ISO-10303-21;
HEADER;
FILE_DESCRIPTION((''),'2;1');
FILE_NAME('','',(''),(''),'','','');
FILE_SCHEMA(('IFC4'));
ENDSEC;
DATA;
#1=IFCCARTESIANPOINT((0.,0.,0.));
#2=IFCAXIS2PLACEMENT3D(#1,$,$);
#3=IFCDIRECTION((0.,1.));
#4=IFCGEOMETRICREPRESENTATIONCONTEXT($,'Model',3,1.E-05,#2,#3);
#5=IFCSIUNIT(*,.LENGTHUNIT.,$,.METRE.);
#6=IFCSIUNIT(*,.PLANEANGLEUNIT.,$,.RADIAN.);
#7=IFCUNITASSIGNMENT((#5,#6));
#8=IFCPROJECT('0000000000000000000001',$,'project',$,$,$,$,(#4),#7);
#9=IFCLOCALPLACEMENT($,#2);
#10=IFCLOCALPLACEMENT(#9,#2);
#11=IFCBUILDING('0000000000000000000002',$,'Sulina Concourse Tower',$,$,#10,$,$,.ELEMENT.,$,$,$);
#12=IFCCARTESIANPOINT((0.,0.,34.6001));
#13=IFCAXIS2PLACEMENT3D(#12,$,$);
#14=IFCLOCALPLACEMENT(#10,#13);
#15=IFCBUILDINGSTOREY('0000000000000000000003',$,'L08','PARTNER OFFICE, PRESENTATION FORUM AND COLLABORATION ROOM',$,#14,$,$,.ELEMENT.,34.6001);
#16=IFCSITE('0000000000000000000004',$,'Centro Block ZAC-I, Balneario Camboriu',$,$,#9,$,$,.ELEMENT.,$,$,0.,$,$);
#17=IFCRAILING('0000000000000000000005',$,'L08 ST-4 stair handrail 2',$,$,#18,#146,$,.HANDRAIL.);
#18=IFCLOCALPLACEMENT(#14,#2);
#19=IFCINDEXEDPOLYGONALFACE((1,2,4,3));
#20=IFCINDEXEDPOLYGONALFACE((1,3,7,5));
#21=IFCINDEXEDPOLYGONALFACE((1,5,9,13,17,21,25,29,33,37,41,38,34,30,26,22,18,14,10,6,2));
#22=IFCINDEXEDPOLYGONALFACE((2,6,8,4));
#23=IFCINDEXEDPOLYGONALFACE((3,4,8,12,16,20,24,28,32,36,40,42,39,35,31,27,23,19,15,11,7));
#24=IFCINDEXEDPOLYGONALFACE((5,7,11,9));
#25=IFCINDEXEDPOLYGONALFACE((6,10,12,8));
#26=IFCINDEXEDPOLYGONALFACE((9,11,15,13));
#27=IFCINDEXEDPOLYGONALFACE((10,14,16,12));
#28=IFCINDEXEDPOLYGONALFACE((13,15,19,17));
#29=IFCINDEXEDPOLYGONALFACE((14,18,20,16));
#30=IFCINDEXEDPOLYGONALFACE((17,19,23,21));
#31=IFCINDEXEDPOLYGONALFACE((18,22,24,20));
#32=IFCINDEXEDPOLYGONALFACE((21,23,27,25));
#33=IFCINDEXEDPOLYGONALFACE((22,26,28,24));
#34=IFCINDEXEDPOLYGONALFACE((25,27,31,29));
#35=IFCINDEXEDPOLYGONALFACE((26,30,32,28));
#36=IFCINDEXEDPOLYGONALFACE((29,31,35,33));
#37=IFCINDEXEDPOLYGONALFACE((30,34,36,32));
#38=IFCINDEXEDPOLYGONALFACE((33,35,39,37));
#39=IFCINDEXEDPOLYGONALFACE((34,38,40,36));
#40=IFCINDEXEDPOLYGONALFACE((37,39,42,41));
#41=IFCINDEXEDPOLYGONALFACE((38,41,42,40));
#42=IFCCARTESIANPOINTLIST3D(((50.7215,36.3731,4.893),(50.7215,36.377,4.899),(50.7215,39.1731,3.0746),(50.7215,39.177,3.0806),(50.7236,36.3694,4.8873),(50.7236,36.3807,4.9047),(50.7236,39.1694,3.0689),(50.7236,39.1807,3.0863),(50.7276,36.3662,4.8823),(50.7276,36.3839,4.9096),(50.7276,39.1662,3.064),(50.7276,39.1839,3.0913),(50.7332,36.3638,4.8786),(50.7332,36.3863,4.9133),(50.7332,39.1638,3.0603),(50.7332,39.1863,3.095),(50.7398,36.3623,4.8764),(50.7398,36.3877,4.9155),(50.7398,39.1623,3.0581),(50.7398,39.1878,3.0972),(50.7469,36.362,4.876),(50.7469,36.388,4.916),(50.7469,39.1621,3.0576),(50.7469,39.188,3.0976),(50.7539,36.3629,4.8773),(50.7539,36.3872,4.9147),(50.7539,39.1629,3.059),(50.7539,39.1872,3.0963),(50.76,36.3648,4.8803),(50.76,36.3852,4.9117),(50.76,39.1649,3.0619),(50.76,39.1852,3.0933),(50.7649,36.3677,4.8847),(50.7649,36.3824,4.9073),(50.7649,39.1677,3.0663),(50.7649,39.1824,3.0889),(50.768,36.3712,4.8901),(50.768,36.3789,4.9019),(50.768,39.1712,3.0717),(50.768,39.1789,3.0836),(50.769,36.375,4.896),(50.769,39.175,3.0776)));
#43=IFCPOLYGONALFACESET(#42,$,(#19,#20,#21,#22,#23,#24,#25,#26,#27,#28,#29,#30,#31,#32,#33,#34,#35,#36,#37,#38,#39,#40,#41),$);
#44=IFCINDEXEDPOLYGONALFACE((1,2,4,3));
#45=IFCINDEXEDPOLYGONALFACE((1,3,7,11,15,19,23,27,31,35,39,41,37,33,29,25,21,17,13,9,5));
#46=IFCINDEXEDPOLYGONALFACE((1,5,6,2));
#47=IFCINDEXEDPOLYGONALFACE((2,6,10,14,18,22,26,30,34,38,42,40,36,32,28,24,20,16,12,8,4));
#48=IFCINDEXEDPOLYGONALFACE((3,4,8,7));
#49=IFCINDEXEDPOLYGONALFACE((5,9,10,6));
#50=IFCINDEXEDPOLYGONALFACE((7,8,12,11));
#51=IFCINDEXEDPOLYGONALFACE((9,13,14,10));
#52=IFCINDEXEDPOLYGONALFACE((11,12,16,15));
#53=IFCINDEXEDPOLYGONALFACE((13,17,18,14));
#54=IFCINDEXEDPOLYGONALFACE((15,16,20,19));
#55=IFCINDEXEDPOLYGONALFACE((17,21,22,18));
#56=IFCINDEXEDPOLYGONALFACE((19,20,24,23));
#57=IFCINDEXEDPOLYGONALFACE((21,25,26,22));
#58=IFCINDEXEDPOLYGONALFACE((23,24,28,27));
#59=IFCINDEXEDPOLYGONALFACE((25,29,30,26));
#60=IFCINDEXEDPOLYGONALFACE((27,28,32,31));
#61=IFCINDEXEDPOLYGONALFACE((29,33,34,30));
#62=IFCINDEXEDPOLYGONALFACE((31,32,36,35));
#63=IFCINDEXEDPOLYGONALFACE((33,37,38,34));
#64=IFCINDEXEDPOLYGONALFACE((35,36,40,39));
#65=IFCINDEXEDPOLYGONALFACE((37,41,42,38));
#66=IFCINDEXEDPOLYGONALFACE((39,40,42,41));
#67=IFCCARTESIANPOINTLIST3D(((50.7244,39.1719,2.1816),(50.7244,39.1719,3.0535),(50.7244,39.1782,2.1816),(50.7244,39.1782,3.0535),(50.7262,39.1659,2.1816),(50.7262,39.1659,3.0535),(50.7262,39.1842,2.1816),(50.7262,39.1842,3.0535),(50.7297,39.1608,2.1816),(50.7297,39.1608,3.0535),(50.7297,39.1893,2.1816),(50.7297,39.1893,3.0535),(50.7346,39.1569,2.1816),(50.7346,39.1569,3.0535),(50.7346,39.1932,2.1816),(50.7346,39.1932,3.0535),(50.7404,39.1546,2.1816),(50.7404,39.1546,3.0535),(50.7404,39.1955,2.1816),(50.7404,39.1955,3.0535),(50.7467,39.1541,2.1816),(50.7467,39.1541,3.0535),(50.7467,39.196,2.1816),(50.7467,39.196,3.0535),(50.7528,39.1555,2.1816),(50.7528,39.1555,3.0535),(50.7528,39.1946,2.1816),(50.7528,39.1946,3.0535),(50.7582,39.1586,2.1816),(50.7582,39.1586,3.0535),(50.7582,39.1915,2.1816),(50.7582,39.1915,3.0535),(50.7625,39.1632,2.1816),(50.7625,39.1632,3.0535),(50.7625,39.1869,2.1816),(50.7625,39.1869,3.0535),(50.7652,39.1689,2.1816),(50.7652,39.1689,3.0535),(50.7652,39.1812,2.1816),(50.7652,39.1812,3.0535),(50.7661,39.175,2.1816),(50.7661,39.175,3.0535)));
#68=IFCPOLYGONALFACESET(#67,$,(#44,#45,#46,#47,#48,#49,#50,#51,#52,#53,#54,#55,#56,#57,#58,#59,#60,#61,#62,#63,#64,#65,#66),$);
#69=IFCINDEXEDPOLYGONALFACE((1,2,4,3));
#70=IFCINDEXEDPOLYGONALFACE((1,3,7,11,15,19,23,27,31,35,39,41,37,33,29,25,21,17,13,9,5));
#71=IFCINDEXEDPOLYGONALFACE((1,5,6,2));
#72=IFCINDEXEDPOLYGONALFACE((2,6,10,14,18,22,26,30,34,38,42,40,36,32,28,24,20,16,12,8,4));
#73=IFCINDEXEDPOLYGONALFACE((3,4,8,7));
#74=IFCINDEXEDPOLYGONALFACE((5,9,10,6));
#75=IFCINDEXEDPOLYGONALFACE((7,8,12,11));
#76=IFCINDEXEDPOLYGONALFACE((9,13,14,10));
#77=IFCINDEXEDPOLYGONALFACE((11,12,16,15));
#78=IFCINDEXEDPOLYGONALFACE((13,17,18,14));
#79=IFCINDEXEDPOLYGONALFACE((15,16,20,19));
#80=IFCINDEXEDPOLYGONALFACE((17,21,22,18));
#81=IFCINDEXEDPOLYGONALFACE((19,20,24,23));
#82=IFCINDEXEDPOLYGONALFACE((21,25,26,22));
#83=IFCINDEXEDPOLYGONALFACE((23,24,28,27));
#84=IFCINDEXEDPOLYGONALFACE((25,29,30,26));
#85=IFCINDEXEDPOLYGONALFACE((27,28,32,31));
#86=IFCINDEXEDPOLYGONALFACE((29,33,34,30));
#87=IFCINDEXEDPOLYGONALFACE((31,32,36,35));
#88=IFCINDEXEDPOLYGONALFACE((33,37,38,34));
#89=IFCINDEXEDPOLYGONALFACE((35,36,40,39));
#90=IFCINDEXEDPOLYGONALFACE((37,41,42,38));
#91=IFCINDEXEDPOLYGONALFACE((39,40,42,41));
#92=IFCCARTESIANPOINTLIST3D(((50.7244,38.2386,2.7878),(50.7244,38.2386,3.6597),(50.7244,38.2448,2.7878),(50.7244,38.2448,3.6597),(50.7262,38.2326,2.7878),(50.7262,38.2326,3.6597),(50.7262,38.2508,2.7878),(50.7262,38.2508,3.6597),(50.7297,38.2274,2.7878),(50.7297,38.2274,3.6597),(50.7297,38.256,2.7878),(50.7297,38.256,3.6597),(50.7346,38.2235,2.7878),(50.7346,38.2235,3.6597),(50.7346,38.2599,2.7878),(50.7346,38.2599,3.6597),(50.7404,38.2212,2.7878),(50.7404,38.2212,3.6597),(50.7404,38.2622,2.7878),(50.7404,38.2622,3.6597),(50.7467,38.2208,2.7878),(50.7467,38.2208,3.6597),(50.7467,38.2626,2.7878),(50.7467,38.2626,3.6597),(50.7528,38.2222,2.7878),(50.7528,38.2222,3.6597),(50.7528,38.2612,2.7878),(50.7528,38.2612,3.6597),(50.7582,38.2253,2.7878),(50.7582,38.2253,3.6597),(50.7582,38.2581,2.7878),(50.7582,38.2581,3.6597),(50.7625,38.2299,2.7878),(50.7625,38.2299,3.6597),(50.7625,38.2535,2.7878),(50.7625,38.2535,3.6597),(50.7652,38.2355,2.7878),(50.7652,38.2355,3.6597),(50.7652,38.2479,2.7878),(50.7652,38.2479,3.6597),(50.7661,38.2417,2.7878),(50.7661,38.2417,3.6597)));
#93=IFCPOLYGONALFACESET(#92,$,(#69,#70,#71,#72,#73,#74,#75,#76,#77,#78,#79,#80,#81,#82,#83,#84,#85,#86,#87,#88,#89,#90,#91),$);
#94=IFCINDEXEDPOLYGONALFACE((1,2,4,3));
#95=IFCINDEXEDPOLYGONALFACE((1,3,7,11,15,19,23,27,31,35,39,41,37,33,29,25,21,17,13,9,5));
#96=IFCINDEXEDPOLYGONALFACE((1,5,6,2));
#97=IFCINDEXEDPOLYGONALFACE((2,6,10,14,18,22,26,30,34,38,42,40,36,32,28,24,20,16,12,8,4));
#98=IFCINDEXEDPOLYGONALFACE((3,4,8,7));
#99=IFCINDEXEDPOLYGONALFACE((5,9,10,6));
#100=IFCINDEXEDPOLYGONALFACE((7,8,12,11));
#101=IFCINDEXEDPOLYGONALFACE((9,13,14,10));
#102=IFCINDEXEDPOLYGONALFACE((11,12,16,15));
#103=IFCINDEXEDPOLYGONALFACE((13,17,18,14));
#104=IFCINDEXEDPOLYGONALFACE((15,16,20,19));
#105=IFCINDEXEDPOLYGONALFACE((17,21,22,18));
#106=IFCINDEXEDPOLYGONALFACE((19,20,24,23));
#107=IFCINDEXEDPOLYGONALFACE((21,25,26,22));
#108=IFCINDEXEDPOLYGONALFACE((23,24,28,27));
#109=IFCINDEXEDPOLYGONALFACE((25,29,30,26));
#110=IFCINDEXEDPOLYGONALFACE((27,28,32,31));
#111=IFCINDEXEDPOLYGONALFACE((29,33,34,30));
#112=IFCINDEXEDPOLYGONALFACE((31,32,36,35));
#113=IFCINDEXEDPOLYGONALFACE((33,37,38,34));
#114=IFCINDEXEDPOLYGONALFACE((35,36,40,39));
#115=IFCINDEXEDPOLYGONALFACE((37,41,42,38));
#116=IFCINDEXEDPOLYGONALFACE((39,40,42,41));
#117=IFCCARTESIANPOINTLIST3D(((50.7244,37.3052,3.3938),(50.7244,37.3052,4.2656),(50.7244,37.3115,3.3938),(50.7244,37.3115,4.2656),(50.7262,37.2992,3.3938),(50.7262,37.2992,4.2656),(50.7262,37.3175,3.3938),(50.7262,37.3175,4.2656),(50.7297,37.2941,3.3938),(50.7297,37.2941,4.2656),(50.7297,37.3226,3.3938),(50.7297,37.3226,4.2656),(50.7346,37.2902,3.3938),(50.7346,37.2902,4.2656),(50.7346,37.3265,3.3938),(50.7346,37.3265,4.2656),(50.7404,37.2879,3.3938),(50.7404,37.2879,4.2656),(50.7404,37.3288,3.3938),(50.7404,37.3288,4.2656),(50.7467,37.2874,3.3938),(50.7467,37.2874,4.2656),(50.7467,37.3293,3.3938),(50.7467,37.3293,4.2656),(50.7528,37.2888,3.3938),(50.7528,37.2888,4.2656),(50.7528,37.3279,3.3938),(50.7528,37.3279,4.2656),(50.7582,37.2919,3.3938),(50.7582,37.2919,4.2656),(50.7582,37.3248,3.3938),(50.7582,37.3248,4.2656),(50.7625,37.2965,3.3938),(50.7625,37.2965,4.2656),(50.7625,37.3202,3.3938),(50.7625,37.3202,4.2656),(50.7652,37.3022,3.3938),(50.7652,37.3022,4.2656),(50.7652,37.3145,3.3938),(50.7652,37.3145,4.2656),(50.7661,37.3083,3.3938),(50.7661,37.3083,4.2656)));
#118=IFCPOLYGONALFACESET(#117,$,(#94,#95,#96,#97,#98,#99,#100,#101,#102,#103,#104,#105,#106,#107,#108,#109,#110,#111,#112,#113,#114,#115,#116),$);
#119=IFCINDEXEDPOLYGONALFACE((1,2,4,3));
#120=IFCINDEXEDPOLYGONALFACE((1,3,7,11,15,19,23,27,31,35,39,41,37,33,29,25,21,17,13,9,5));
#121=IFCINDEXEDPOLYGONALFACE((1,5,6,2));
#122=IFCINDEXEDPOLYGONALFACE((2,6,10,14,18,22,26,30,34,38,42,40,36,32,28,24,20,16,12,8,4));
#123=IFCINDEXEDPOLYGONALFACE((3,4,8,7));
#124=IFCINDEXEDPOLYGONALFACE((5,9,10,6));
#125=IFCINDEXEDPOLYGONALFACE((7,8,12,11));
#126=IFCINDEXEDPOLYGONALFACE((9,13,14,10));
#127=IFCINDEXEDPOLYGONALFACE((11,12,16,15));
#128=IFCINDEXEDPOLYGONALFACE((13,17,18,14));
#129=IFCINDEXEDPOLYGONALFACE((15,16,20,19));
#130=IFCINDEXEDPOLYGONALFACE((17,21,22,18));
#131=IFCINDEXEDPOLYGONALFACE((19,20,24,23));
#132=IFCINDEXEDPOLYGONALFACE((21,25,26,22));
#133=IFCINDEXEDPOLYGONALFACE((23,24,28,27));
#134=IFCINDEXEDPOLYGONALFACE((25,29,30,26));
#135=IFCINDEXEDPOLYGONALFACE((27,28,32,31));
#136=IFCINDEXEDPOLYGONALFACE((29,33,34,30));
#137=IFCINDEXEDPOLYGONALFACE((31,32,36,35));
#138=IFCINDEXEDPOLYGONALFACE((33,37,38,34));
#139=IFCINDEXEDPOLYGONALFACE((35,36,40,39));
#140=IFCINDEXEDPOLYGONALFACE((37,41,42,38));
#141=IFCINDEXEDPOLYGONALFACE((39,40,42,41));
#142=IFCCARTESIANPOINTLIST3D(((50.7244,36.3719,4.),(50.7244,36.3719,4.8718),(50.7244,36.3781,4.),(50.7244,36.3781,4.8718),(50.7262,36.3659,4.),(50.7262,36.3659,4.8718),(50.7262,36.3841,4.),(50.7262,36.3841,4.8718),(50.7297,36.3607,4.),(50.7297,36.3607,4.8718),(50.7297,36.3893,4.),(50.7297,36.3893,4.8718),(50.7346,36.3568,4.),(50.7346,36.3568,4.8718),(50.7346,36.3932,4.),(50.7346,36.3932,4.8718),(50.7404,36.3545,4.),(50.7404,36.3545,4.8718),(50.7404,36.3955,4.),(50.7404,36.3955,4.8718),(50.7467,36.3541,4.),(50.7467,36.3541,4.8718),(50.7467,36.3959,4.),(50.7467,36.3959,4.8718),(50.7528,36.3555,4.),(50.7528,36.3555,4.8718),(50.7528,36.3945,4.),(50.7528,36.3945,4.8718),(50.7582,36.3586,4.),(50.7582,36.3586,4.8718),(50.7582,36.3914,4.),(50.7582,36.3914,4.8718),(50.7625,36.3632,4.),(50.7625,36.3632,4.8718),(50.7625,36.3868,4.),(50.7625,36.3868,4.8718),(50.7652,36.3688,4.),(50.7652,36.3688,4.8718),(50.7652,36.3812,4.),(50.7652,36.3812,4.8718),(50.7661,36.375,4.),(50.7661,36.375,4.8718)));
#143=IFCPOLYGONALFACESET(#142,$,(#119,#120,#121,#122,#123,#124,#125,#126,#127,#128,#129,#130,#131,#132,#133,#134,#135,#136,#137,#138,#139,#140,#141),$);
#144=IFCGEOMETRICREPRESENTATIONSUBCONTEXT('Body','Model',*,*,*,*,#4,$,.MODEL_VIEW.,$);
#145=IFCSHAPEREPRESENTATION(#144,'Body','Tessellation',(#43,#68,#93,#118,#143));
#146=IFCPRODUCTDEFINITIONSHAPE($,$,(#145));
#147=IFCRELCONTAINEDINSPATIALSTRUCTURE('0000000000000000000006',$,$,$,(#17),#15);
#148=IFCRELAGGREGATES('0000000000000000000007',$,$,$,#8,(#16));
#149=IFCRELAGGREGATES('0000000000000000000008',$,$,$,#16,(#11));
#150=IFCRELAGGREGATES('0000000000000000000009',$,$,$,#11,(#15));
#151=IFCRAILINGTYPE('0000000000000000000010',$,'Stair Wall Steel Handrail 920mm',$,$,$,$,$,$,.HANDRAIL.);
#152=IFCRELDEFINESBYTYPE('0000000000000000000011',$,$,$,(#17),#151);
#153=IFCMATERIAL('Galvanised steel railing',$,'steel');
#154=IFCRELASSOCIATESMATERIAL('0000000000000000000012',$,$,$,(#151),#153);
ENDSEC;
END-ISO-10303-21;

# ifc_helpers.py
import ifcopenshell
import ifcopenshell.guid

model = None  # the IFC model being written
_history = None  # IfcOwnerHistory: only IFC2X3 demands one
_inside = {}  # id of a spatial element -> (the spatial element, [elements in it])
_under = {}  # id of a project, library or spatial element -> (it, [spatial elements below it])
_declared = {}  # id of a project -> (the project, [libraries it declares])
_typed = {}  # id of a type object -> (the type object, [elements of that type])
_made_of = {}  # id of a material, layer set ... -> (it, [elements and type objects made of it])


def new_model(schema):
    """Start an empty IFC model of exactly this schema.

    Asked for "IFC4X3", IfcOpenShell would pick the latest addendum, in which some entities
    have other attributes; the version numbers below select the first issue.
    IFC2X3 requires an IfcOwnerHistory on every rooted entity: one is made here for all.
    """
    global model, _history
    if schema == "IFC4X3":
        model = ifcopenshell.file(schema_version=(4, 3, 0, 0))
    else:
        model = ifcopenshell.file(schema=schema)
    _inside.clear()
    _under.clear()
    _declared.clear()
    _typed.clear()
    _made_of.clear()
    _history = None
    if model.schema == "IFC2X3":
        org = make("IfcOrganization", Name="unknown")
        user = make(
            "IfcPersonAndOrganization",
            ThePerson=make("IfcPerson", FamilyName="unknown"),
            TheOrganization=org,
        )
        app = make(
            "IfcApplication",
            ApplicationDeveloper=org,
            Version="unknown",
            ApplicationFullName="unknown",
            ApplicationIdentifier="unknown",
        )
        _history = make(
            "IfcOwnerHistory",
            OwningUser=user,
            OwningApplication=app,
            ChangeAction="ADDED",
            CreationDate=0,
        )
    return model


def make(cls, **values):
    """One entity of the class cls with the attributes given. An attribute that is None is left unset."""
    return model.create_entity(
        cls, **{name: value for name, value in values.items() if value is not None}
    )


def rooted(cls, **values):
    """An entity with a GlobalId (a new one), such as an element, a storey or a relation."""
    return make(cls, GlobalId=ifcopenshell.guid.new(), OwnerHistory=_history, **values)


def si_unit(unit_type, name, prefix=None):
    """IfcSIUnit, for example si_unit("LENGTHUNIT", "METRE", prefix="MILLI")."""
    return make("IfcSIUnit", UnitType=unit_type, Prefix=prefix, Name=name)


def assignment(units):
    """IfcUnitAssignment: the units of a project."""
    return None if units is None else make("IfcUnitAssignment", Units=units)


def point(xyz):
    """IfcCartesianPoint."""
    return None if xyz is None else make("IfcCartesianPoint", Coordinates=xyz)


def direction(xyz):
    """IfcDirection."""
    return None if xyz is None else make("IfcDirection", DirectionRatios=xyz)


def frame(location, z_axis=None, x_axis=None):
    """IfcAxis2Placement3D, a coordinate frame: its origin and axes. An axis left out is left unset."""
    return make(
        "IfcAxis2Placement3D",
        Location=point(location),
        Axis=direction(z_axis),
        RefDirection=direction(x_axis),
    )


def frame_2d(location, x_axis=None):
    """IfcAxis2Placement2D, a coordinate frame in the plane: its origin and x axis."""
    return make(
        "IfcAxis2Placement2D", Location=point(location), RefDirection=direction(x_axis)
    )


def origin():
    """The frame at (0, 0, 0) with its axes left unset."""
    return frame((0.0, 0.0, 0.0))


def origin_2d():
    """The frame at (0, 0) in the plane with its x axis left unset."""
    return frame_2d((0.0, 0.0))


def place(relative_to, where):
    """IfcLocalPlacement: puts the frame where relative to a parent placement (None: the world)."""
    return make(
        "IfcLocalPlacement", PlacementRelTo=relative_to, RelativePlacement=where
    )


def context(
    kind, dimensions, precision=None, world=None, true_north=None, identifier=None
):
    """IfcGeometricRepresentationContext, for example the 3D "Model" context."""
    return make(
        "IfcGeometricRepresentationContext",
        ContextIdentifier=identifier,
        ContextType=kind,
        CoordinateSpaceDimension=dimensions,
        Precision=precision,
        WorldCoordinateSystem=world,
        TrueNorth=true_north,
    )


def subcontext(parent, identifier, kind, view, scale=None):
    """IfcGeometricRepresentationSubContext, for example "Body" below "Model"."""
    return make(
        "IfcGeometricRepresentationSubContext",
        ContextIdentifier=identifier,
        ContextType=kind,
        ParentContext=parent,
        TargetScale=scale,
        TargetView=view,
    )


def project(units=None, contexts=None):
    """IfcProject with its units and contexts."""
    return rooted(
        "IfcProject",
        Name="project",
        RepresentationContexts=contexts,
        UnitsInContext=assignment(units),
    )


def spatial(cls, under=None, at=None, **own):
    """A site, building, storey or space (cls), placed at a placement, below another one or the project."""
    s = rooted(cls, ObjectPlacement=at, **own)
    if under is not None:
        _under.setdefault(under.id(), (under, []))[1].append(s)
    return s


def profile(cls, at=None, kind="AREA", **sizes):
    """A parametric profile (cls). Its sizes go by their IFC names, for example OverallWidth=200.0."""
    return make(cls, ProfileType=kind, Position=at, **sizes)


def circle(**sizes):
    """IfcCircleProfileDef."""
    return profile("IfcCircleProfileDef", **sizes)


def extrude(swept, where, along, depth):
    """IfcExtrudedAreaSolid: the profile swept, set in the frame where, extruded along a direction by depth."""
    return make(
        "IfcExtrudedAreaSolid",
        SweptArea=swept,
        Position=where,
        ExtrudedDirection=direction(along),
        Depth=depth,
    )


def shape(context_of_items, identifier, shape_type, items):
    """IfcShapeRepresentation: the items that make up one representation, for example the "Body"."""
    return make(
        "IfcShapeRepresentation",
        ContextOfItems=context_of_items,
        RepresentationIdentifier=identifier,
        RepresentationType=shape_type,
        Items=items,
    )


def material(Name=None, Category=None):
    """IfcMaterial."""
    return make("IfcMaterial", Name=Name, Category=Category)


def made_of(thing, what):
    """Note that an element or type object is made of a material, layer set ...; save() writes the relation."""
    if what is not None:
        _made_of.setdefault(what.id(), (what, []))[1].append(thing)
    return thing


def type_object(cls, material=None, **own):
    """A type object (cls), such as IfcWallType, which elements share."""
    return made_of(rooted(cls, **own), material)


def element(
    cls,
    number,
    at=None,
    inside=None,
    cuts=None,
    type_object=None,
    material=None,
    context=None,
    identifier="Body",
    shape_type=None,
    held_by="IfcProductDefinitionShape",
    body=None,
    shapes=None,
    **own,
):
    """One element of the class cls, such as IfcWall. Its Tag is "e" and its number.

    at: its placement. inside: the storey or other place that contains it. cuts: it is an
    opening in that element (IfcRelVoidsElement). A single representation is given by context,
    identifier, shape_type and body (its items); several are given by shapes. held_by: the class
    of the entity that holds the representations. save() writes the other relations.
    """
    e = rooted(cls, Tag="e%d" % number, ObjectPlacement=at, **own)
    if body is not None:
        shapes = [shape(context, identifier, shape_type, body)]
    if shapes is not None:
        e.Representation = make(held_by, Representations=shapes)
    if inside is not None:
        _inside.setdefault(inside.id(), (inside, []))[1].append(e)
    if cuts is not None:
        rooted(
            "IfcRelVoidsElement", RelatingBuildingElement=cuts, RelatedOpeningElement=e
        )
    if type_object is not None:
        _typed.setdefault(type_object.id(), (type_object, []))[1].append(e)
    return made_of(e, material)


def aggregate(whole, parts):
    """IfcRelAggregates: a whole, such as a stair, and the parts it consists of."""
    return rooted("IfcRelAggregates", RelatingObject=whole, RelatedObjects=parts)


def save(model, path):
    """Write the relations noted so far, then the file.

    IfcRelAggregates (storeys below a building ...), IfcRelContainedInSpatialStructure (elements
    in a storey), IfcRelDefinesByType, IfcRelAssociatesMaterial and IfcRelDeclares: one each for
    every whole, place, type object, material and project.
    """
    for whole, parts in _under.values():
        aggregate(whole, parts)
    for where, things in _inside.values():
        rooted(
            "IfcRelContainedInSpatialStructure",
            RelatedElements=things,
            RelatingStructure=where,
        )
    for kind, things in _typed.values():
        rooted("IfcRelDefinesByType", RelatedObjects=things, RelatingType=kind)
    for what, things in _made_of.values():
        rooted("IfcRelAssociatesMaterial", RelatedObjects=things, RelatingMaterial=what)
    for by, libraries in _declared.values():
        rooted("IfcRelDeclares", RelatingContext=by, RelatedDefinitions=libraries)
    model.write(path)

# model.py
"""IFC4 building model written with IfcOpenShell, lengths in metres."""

from ifc_helpers import new_model, si_unit, direction, frame, origin, origin_2d, place, context, subcontext, project, spatial, circle, extrude, material, type_object, element, save


model = new_model("IFC4")

# Units and contexts
model_context = context("Model", 3, precision=1e-05, world=origin(), true_north=direction((0.0, 1.0)))
body_context = subcontext(model_context, "Body", "Model", "MODEL_VIEW")
ifc_project = project(units=[si_unit("LENGTHUNIT", "METRE"), si_unit("PLANEANGLEUNIT", "RADIAN")], contexts=[model_context])

# Site, building, storey
site_placement = place(None, origin())
site = spatial("IfcSite", under=ifc_project, at=site_placement, Name="Centro Block ZAC-I, Balneario Camboriu", CompositionType="ELEMENT", RefElevation=0.0)
building_placement = place(site_placement, origin())
building = spatial("IfcBuilding", under=site, at=building_placement, Name="Sulina Concourse Tower", CompositionType="ELEMENT")
storey_placement = place(building_placement, frame((0.0, 0.0, 34.6001)))
storey = spatial("IfcBuildingStorey", under=building, at=storey_placement, Name="L08", Description="PARTNER OFFICE, PRESENTATION FORUM AND COLLABORATION ROOM", CompositionType="ELEMENT", Elevation=34.6001)

# Railing
ifc_material_1 = material(Name="Galvanised steel railing", Category="steel")
railing_type_1 = type_object("IfcRailingType", Name="Stair Wall Steel Handrail 920mm", PredefinedType="HANDRAIL", material=ifc_material_1)
railing_1_placement = place(storey_placement, frame((50.7451, 39.175, 2.1816)))
element("IfcRailing", 1, at=railing_1_placement, inside=storey, type_object=railing_type_1, Name="L08 ST-4 stair handrail 2", PredefinedType="HANDRAIL", context=body_context, shape_type="SweptSolid", body=[
    extrude(circle(Radius=0.0239, at=origin_2d()), frame((0.0, 0.0, 0.896), z_axis=(0.0, -0.838672, 0.544636), x_axis=(1.0, 0.0, 0.0)), (0.0, 0.0, 1.0), 3.3386),
    extrude(circle(Radius=0.021, at=origin_2d()), origin(), (0.0, 0.0, 1.0), 0.8718),
    extrude(circle(Radius=0.021, at=origin_2d()), frame((0.0, -0.9333, 0.6062)), (0.0, 0.0, 1.0), 0.8718),
    extrude(circle(Radius=0.021, at=origin_2d()), frame((0.0, -1.8667, 1.2122)), (0.0, 0.0, 1.0), 0.8718),
    extrude(circle(Radius=0.021, at=origin_2d()), frame((0.0, -2.8, 1.8184)), (0.0, 0.0, 1.0), 0.8718),
])

save(model, "model.ifc")
